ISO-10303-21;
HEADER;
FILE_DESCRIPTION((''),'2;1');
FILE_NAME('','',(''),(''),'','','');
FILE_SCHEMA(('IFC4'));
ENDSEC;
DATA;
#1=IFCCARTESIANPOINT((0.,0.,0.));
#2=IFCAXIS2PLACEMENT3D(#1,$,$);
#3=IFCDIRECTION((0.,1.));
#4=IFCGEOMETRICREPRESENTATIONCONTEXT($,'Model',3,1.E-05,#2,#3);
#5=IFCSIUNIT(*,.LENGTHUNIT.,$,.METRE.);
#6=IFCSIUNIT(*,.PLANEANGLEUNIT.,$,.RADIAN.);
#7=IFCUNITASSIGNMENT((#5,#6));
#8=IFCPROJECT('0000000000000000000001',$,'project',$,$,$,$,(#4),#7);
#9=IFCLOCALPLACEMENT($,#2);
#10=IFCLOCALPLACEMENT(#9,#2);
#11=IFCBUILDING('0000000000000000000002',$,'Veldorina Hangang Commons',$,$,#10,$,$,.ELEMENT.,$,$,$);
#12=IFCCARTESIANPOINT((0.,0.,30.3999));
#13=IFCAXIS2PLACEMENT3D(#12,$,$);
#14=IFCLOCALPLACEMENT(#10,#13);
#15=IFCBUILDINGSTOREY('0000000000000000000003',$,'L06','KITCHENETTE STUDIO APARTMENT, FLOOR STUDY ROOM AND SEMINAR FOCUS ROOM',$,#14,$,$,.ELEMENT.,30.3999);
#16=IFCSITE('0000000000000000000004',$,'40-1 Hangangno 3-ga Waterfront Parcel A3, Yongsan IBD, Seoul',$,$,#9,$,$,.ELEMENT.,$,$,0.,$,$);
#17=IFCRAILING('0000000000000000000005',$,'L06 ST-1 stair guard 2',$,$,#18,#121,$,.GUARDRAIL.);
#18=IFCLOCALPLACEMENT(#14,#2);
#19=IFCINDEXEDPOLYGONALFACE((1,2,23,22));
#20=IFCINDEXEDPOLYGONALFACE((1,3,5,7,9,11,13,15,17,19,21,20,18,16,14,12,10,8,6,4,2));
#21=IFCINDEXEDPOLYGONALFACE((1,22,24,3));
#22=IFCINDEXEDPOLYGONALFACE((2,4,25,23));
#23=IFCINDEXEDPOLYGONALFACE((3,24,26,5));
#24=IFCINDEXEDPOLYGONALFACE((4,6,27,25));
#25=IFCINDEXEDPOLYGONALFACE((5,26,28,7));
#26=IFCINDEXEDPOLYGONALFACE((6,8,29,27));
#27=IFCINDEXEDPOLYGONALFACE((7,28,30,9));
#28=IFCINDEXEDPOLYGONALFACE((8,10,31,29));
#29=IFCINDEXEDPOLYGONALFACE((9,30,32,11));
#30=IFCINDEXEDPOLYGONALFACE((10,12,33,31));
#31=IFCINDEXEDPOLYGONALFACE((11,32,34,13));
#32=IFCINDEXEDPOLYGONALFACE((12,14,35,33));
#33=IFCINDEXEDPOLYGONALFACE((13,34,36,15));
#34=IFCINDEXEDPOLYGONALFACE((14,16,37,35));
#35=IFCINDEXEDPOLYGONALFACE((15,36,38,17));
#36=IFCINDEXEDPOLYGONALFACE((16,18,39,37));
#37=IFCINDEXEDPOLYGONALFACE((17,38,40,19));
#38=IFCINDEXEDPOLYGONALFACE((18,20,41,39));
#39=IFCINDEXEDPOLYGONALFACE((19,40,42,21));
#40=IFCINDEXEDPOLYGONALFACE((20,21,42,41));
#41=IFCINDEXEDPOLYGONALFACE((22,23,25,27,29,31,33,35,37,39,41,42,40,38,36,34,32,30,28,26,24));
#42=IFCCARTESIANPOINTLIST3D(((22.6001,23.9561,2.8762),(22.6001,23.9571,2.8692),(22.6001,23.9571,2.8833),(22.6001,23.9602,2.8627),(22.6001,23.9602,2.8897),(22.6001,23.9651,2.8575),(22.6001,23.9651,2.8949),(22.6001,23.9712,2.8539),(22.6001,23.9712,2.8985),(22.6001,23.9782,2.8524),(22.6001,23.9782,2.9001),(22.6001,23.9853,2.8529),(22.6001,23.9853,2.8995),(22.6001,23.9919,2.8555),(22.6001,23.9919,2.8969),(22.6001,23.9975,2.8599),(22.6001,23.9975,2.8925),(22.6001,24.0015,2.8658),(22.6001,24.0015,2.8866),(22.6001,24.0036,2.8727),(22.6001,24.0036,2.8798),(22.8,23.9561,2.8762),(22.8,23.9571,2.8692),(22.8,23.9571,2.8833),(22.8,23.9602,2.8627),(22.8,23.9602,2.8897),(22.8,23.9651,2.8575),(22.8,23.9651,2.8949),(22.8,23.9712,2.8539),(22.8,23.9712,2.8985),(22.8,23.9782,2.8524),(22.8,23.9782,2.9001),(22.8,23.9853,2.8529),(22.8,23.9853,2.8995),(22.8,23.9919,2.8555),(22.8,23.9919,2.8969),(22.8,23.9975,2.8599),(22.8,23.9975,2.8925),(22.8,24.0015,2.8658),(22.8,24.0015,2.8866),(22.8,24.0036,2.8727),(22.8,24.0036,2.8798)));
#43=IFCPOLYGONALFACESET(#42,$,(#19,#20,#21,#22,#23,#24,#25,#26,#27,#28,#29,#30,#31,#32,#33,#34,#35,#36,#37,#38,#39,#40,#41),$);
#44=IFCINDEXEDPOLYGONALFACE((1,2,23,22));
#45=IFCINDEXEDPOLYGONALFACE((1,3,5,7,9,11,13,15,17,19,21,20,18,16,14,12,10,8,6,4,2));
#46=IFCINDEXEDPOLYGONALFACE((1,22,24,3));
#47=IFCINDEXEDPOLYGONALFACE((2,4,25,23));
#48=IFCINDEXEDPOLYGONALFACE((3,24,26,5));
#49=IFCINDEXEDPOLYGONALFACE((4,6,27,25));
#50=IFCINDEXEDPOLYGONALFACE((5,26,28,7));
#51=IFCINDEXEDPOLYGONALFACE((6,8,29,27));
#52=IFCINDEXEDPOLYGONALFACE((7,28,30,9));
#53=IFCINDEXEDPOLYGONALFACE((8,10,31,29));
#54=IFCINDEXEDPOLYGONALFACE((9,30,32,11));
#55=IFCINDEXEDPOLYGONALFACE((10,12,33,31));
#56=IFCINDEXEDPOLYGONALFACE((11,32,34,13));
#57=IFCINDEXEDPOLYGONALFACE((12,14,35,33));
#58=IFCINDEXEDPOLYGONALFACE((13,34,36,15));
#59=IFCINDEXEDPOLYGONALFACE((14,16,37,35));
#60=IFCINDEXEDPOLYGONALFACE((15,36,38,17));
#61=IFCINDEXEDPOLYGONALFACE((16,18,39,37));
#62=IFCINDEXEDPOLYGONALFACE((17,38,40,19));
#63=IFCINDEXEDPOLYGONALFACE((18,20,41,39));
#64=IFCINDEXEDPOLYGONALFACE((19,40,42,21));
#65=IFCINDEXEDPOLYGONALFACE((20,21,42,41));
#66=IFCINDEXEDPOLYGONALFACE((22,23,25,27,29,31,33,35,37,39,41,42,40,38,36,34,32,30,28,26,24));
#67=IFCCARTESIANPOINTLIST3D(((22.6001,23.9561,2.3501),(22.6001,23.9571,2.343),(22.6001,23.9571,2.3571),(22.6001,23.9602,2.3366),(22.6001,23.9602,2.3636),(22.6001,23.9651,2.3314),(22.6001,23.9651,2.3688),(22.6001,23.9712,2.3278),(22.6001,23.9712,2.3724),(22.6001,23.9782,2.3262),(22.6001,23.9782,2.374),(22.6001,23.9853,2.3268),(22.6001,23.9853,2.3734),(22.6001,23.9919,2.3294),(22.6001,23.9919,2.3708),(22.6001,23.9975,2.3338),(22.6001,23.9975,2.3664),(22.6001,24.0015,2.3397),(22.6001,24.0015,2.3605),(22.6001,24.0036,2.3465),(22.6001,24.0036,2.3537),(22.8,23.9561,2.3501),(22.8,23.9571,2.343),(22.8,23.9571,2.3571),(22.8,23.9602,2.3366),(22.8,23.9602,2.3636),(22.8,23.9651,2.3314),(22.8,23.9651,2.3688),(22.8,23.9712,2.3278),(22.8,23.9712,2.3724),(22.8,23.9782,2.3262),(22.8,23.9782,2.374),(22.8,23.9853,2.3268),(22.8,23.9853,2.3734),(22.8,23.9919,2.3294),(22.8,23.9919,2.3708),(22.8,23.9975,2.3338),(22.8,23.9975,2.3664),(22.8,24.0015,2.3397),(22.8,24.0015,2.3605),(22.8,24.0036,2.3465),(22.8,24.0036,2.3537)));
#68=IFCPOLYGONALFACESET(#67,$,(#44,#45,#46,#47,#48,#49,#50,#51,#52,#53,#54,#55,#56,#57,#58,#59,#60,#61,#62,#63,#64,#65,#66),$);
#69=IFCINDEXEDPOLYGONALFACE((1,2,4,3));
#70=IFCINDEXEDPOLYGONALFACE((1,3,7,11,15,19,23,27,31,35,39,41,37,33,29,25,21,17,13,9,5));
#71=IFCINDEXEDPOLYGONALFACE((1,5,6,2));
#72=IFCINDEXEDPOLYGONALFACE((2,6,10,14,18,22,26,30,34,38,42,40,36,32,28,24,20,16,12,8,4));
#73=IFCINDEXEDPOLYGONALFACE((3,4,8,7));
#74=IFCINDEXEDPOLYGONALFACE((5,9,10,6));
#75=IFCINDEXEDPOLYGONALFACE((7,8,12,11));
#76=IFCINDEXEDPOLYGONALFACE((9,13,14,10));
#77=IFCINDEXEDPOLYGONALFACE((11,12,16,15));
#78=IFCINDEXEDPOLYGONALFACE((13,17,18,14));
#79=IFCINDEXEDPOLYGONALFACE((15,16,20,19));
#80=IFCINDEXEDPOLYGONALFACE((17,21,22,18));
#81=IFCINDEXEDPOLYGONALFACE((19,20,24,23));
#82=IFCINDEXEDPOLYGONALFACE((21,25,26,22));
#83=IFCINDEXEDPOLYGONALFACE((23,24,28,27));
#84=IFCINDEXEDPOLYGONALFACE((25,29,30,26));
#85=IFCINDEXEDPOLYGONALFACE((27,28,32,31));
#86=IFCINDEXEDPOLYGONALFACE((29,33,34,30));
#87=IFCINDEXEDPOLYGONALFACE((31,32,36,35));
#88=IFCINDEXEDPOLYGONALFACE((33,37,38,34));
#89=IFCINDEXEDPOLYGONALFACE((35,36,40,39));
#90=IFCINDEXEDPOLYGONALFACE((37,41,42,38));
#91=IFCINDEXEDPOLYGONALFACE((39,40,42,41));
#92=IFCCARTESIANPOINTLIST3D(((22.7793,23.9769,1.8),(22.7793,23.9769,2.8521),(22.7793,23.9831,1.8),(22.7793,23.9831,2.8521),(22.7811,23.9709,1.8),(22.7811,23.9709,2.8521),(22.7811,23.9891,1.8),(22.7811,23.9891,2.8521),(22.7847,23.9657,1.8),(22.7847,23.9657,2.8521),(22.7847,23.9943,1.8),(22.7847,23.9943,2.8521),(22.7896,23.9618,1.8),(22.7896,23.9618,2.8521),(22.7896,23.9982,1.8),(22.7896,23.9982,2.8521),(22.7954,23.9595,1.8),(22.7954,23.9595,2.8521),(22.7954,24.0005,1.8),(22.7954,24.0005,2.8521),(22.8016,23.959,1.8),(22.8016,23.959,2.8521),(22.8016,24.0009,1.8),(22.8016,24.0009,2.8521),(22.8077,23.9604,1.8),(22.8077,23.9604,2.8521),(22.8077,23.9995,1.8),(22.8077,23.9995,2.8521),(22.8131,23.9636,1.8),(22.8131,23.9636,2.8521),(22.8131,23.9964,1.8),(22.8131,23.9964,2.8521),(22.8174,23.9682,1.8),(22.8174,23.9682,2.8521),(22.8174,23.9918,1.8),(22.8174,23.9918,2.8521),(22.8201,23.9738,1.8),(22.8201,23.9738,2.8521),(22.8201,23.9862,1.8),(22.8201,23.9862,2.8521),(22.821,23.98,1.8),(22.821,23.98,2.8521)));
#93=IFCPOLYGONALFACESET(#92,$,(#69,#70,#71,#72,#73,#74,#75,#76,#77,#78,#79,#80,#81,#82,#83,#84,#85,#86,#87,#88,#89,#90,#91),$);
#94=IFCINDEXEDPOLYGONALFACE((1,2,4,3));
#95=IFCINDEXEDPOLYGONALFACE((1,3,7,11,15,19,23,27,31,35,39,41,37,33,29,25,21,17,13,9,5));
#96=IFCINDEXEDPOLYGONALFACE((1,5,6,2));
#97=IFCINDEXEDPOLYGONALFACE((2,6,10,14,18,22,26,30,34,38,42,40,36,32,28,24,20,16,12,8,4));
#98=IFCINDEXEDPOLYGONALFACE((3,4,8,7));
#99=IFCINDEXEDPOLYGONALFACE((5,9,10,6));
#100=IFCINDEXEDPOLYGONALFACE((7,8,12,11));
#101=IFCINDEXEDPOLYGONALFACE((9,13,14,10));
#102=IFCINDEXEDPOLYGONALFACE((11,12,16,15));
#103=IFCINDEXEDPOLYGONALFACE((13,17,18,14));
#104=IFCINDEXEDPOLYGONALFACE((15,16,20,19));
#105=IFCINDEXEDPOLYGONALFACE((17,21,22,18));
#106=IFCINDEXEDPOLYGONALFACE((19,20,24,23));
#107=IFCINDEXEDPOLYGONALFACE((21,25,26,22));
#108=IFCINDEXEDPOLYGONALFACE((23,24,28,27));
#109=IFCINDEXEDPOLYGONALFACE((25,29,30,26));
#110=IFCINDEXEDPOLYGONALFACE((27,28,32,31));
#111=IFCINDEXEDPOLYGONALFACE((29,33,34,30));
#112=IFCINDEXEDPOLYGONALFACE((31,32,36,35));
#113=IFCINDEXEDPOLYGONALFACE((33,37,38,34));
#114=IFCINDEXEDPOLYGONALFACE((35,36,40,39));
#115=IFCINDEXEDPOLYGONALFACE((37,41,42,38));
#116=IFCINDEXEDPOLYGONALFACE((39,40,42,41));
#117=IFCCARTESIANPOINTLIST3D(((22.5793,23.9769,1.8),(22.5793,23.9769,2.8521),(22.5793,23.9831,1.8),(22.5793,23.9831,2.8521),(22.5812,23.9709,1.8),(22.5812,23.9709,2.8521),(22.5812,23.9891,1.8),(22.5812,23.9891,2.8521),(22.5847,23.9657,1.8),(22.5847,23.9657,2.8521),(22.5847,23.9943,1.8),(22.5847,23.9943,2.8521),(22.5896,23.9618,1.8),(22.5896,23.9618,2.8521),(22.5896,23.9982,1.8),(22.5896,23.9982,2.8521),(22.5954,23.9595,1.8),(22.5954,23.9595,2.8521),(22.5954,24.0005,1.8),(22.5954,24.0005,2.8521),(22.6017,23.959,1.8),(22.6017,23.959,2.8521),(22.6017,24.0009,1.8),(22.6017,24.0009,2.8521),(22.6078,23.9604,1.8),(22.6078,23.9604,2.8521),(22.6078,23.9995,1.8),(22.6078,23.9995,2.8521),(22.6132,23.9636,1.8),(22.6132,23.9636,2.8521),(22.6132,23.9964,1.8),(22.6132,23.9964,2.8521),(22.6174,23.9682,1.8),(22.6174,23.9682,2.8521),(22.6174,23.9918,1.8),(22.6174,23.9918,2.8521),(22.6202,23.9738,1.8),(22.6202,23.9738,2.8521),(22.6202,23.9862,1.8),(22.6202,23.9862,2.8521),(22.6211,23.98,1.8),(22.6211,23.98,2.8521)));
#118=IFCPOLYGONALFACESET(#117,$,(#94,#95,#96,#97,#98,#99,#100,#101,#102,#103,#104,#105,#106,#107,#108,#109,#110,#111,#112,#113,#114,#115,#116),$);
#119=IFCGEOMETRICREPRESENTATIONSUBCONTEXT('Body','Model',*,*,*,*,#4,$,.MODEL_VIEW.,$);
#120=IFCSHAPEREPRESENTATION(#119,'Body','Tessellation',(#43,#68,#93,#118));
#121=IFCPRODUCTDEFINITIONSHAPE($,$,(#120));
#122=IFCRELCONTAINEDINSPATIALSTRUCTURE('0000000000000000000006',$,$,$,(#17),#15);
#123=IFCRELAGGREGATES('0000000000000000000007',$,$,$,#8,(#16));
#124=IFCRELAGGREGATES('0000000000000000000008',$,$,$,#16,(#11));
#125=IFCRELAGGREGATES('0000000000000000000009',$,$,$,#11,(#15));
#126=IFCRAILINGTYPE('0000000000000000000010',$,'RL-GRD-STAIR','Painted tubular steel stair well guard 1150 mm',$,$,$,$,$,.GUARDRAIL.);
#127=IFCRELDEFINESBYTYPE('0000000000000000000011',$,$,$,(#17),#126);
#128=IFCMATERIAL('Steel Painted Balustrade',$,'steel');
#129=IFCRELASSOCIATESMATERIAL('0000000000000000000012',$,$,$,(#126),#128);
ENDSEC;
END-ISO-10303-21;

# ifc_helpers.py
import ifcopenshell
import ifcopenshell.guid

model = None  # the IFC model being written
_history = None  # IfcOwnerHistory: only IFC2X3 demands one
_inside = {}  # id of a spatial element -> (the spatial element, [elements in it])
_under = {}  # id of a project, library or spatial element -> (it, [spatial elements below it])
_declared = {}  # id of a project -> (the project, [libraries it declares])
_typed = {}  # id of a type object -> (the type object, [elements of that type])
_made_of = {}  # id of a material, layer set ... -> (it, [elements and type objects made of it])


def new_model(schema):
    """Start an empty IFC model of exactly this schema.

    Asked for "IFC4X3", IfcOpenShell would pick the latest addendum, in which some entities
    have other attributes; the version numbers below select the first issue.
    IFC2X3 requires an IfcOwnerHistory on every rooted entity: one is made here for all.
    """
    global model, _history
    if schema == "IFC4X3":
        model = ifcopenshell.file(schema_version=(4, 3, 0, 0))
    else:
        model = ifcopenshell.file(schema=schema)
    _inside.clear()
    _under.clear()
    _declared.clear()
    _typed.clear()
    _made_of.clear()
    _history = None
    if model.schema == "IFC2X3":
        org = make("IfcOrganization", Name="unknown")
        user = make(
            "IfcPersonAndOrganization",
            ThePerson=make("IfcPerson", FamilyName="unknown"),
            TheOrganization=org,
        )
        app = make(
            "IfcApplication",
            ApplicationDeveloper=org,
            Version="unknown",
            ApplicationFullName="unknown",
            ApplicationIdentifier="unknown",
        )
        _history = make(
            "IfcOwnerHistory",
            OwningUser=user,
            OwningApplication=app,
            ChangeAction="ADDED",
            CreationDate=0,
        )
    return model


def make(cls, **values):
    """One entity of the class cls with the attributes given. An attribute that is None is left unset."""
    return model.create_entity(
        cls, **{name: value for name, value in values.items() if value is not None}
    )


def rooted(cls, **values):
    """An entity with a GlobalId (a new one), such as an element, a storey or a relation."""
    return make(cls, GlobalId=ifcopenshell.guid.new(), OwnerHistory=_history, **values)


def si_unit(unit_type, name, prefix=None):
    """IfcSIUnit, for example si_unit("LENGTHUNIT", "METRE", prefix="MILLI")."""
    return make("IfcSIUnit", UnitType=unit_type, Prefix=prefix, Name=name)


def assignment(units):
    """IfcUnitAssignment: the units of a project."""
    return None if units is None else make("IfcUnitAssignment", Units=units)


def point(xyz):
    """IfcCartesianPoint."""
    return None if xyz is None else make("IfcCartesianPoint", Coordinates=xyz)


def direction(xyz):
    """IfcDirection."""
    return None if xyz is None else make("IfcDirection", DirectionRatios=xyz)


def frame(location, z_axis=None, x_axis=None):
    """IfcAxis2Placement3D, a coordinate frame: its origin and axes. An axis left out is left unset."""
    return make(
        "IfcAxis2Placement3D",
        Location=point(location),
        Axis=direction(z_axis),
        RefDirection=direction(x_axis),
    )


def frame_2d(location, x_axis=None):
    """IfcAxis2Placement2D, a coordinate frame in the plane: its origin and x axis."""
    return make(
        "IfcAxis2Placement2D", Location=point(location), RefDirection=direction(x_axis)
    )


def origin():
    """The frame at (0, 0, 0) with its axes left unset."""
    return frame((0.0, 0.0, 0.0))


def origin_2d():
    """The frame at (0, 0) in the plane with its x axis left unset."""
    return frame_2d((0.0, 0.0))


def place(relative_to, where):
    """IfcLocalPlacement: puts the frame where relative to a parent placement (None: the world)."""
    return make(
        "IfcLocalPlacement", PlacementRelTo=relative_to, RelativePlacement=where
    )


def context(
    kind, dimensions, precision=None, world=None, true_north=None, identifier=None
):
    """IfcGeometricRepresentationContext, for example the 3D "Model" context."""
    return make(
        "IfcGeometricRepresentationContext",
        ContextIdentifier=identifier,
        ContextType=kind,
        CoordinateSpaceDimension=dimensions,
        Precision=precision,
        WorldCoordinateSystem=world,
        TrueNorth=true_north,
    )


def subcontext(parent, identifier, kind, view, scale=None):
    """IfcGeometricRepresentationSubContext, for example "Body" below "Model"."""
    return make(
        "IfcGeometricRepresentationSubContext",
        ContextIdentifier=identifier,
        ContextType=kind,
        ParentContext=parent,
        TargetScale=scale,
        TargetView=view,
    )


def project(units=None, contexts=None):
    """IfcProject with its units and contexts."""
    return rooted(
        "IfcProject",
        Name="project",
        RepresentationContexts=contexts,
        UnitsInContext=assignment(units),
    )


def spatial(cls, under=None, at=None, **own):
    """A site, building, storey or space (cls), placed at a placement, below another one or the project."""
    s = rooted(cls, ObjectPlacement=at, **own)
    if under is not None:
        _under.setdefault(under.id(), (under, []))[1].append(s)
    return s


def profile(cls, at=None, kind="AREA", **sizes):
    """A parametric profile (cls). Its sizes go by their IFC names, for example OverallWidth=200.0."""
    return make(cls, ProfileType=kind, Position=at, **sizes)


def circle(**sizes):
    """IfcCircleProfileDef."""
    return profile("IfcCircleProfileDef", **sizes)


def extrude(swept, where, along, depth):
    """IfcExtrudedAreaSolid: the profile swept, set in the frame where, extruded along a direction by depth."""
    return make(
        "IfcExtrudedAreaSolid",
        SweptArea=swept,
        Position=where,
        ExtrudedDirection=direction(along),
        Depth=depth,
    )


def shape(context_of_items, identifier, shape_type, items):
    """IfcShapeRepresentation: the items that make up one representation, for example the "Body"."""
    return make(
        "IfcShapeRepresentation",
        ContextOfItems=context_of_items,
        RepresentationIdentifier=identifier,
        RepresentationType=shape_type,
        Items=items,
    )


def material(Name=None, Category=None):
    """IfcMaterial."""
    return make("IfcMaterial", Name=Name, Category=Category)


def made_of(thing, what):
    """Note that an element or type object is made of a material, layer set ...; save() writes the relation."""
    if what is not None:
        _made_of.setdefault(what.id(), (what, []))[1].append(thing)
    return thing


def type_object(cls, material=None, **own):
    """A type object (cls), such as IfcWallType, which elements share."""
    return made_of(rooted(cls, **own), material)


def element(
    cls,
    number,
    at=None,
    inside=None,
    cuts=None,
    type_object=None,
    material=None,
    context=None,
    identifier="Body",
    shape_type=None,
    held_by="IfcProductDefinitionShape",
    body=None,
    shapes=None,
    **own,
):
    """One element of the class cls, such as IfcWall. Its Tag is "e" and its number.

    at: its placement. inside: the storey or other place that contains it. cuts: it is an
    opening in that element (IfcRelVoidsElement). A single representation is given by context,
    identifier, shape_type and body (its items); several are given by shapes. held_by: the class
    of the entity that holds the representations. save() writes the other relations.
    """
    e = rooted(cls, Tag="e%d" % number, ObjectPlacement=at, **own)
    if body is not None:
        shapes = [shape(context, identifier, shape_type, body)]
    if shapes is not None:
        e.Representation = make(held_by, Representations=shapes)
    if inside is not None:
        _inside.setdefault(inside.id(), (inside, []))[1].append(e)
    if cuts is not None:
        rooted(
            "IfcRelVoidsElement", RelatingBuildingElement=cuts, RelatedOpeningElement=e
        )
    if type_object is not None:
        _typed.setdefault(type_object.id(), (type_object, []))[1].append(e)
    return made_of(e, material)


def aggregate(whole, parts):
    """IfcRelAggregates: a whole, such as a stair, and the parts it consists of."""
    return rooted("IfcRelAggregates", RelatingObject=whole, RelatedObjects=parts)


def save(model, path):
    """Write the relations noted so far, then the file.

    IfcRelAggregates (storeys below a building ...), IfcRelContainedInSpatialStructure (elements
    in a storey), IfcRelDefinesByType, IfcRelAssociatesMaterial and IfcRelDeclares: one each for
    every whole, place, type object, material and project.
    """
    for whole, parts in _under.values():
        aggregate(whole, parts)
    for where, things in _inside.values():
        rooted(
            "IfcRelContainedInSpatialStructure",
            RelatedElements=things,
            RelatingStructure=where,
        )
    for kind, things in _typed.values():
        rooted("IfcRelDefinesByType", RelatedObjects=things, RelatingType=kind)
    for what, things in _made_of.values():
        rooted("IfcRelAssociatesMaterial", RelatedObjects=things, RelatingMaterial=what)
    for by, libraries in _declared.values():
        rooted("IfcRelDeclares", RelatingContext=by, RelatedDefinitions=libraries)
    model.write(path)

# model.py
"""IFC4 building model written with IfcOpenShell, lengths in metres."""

from ifc_helpers import new_model, si_unit, direction, frame, origin, origin_2d, place, context, subcontext, project, spatial, circle, extrude, material, type_object, element, save


model = new_model("IFC4")

# Units and contexts
model_context = context("Model", 3, precision=1e-05, world=origin(), true_north=direction((0.0, 1.0)))
body_context = subcontext(model_context, "Body", "Model", "MODEL_VIEW")
ifc_project = project(units=[si_unit("LENGTHUNIT", "METRE"), si_unit("PLANEANGLEUNIT", "RADIAN")], contexts=[model_context])

# Site, building, storey
site_placement = place(None, origin())
site = spatial("IfcSite", under=ifc_project, at=site_placement, Name="40-1 Hangangno 3-ga Waterfront Parcel A3, Yongsan IBD, Seoul", CompositionType="ELEMENT", RefElevation=0.0)
building_placement = place(site_placement, origin())
building = spatial("IfcBuilding", under=site, at=building_placement, Name="Veldorina Hangang Commons", CompositionType="ELEMENT")
storey_placement = place(building_placement, frame((0.0, 0.0, 30.3999)))
storey = spatial("IfcBuildingStorey", under=building, at=storey_placement, Name="L06", Description="KITCHENETTE STUDIO APARTMENT, FLOOR STUDY ROOM AND SEMINAR FOCUS ROOM", CompositionType="ELEMENT", Elevation=30.3999)

# Railing
ifc_material_1 = material(Name="Steel Painted Balustrade", Category="steel")
railing_type_1 = type_object("IfcRailingType", Name="RL-GRD-STAIR", Description="Painted tubular steel stair well guard 1150 mm", PredefinedType="GUARDRAIL", material=ifc_material_1)
railing_1_placement = place(storey_placement, frame((22.8, 23.98, 1.8)))
element("IfcRailing", 1, at=railing_1_placement, inside=storey, type_object=railing_type_1, Name="L06 ST-1 stair guard 2", PredefinedType="GUARDRAIL", context=body_context, shape_type="SweptSolid", body=[
    extrude(circle(Radius=0.0239, at=origin_2d()), frame((0.0, 0.0, 1.0762), z_axis=(-1.0, 0.0, 0.0), x_axis=(0.0, -1.0, 0.0)), (0.0, 0.0, 1.0), 0.2),
    extrude(circle(Radius=0.0239, at=origin_2d()), frame((0.0, 0.0, 0.55), z_axis=(-1.0, 0.0, 0.0), x_axis=(0.0, -1.0, 0.0)), (0.0, 0.0, 1.0), 0.2),
    extrude(circle(Radius=0.021, at=origin_2d()), origin(), (0.0, 0.0, 1.0), 1.052),
    extrude(circle(Radius=0.021, at=origin_2d()), frame((-0.2, 0.0, 0.0)), (0.0, 0.0, 1.0), 1.052),
])

save(model, "model.ifc")
